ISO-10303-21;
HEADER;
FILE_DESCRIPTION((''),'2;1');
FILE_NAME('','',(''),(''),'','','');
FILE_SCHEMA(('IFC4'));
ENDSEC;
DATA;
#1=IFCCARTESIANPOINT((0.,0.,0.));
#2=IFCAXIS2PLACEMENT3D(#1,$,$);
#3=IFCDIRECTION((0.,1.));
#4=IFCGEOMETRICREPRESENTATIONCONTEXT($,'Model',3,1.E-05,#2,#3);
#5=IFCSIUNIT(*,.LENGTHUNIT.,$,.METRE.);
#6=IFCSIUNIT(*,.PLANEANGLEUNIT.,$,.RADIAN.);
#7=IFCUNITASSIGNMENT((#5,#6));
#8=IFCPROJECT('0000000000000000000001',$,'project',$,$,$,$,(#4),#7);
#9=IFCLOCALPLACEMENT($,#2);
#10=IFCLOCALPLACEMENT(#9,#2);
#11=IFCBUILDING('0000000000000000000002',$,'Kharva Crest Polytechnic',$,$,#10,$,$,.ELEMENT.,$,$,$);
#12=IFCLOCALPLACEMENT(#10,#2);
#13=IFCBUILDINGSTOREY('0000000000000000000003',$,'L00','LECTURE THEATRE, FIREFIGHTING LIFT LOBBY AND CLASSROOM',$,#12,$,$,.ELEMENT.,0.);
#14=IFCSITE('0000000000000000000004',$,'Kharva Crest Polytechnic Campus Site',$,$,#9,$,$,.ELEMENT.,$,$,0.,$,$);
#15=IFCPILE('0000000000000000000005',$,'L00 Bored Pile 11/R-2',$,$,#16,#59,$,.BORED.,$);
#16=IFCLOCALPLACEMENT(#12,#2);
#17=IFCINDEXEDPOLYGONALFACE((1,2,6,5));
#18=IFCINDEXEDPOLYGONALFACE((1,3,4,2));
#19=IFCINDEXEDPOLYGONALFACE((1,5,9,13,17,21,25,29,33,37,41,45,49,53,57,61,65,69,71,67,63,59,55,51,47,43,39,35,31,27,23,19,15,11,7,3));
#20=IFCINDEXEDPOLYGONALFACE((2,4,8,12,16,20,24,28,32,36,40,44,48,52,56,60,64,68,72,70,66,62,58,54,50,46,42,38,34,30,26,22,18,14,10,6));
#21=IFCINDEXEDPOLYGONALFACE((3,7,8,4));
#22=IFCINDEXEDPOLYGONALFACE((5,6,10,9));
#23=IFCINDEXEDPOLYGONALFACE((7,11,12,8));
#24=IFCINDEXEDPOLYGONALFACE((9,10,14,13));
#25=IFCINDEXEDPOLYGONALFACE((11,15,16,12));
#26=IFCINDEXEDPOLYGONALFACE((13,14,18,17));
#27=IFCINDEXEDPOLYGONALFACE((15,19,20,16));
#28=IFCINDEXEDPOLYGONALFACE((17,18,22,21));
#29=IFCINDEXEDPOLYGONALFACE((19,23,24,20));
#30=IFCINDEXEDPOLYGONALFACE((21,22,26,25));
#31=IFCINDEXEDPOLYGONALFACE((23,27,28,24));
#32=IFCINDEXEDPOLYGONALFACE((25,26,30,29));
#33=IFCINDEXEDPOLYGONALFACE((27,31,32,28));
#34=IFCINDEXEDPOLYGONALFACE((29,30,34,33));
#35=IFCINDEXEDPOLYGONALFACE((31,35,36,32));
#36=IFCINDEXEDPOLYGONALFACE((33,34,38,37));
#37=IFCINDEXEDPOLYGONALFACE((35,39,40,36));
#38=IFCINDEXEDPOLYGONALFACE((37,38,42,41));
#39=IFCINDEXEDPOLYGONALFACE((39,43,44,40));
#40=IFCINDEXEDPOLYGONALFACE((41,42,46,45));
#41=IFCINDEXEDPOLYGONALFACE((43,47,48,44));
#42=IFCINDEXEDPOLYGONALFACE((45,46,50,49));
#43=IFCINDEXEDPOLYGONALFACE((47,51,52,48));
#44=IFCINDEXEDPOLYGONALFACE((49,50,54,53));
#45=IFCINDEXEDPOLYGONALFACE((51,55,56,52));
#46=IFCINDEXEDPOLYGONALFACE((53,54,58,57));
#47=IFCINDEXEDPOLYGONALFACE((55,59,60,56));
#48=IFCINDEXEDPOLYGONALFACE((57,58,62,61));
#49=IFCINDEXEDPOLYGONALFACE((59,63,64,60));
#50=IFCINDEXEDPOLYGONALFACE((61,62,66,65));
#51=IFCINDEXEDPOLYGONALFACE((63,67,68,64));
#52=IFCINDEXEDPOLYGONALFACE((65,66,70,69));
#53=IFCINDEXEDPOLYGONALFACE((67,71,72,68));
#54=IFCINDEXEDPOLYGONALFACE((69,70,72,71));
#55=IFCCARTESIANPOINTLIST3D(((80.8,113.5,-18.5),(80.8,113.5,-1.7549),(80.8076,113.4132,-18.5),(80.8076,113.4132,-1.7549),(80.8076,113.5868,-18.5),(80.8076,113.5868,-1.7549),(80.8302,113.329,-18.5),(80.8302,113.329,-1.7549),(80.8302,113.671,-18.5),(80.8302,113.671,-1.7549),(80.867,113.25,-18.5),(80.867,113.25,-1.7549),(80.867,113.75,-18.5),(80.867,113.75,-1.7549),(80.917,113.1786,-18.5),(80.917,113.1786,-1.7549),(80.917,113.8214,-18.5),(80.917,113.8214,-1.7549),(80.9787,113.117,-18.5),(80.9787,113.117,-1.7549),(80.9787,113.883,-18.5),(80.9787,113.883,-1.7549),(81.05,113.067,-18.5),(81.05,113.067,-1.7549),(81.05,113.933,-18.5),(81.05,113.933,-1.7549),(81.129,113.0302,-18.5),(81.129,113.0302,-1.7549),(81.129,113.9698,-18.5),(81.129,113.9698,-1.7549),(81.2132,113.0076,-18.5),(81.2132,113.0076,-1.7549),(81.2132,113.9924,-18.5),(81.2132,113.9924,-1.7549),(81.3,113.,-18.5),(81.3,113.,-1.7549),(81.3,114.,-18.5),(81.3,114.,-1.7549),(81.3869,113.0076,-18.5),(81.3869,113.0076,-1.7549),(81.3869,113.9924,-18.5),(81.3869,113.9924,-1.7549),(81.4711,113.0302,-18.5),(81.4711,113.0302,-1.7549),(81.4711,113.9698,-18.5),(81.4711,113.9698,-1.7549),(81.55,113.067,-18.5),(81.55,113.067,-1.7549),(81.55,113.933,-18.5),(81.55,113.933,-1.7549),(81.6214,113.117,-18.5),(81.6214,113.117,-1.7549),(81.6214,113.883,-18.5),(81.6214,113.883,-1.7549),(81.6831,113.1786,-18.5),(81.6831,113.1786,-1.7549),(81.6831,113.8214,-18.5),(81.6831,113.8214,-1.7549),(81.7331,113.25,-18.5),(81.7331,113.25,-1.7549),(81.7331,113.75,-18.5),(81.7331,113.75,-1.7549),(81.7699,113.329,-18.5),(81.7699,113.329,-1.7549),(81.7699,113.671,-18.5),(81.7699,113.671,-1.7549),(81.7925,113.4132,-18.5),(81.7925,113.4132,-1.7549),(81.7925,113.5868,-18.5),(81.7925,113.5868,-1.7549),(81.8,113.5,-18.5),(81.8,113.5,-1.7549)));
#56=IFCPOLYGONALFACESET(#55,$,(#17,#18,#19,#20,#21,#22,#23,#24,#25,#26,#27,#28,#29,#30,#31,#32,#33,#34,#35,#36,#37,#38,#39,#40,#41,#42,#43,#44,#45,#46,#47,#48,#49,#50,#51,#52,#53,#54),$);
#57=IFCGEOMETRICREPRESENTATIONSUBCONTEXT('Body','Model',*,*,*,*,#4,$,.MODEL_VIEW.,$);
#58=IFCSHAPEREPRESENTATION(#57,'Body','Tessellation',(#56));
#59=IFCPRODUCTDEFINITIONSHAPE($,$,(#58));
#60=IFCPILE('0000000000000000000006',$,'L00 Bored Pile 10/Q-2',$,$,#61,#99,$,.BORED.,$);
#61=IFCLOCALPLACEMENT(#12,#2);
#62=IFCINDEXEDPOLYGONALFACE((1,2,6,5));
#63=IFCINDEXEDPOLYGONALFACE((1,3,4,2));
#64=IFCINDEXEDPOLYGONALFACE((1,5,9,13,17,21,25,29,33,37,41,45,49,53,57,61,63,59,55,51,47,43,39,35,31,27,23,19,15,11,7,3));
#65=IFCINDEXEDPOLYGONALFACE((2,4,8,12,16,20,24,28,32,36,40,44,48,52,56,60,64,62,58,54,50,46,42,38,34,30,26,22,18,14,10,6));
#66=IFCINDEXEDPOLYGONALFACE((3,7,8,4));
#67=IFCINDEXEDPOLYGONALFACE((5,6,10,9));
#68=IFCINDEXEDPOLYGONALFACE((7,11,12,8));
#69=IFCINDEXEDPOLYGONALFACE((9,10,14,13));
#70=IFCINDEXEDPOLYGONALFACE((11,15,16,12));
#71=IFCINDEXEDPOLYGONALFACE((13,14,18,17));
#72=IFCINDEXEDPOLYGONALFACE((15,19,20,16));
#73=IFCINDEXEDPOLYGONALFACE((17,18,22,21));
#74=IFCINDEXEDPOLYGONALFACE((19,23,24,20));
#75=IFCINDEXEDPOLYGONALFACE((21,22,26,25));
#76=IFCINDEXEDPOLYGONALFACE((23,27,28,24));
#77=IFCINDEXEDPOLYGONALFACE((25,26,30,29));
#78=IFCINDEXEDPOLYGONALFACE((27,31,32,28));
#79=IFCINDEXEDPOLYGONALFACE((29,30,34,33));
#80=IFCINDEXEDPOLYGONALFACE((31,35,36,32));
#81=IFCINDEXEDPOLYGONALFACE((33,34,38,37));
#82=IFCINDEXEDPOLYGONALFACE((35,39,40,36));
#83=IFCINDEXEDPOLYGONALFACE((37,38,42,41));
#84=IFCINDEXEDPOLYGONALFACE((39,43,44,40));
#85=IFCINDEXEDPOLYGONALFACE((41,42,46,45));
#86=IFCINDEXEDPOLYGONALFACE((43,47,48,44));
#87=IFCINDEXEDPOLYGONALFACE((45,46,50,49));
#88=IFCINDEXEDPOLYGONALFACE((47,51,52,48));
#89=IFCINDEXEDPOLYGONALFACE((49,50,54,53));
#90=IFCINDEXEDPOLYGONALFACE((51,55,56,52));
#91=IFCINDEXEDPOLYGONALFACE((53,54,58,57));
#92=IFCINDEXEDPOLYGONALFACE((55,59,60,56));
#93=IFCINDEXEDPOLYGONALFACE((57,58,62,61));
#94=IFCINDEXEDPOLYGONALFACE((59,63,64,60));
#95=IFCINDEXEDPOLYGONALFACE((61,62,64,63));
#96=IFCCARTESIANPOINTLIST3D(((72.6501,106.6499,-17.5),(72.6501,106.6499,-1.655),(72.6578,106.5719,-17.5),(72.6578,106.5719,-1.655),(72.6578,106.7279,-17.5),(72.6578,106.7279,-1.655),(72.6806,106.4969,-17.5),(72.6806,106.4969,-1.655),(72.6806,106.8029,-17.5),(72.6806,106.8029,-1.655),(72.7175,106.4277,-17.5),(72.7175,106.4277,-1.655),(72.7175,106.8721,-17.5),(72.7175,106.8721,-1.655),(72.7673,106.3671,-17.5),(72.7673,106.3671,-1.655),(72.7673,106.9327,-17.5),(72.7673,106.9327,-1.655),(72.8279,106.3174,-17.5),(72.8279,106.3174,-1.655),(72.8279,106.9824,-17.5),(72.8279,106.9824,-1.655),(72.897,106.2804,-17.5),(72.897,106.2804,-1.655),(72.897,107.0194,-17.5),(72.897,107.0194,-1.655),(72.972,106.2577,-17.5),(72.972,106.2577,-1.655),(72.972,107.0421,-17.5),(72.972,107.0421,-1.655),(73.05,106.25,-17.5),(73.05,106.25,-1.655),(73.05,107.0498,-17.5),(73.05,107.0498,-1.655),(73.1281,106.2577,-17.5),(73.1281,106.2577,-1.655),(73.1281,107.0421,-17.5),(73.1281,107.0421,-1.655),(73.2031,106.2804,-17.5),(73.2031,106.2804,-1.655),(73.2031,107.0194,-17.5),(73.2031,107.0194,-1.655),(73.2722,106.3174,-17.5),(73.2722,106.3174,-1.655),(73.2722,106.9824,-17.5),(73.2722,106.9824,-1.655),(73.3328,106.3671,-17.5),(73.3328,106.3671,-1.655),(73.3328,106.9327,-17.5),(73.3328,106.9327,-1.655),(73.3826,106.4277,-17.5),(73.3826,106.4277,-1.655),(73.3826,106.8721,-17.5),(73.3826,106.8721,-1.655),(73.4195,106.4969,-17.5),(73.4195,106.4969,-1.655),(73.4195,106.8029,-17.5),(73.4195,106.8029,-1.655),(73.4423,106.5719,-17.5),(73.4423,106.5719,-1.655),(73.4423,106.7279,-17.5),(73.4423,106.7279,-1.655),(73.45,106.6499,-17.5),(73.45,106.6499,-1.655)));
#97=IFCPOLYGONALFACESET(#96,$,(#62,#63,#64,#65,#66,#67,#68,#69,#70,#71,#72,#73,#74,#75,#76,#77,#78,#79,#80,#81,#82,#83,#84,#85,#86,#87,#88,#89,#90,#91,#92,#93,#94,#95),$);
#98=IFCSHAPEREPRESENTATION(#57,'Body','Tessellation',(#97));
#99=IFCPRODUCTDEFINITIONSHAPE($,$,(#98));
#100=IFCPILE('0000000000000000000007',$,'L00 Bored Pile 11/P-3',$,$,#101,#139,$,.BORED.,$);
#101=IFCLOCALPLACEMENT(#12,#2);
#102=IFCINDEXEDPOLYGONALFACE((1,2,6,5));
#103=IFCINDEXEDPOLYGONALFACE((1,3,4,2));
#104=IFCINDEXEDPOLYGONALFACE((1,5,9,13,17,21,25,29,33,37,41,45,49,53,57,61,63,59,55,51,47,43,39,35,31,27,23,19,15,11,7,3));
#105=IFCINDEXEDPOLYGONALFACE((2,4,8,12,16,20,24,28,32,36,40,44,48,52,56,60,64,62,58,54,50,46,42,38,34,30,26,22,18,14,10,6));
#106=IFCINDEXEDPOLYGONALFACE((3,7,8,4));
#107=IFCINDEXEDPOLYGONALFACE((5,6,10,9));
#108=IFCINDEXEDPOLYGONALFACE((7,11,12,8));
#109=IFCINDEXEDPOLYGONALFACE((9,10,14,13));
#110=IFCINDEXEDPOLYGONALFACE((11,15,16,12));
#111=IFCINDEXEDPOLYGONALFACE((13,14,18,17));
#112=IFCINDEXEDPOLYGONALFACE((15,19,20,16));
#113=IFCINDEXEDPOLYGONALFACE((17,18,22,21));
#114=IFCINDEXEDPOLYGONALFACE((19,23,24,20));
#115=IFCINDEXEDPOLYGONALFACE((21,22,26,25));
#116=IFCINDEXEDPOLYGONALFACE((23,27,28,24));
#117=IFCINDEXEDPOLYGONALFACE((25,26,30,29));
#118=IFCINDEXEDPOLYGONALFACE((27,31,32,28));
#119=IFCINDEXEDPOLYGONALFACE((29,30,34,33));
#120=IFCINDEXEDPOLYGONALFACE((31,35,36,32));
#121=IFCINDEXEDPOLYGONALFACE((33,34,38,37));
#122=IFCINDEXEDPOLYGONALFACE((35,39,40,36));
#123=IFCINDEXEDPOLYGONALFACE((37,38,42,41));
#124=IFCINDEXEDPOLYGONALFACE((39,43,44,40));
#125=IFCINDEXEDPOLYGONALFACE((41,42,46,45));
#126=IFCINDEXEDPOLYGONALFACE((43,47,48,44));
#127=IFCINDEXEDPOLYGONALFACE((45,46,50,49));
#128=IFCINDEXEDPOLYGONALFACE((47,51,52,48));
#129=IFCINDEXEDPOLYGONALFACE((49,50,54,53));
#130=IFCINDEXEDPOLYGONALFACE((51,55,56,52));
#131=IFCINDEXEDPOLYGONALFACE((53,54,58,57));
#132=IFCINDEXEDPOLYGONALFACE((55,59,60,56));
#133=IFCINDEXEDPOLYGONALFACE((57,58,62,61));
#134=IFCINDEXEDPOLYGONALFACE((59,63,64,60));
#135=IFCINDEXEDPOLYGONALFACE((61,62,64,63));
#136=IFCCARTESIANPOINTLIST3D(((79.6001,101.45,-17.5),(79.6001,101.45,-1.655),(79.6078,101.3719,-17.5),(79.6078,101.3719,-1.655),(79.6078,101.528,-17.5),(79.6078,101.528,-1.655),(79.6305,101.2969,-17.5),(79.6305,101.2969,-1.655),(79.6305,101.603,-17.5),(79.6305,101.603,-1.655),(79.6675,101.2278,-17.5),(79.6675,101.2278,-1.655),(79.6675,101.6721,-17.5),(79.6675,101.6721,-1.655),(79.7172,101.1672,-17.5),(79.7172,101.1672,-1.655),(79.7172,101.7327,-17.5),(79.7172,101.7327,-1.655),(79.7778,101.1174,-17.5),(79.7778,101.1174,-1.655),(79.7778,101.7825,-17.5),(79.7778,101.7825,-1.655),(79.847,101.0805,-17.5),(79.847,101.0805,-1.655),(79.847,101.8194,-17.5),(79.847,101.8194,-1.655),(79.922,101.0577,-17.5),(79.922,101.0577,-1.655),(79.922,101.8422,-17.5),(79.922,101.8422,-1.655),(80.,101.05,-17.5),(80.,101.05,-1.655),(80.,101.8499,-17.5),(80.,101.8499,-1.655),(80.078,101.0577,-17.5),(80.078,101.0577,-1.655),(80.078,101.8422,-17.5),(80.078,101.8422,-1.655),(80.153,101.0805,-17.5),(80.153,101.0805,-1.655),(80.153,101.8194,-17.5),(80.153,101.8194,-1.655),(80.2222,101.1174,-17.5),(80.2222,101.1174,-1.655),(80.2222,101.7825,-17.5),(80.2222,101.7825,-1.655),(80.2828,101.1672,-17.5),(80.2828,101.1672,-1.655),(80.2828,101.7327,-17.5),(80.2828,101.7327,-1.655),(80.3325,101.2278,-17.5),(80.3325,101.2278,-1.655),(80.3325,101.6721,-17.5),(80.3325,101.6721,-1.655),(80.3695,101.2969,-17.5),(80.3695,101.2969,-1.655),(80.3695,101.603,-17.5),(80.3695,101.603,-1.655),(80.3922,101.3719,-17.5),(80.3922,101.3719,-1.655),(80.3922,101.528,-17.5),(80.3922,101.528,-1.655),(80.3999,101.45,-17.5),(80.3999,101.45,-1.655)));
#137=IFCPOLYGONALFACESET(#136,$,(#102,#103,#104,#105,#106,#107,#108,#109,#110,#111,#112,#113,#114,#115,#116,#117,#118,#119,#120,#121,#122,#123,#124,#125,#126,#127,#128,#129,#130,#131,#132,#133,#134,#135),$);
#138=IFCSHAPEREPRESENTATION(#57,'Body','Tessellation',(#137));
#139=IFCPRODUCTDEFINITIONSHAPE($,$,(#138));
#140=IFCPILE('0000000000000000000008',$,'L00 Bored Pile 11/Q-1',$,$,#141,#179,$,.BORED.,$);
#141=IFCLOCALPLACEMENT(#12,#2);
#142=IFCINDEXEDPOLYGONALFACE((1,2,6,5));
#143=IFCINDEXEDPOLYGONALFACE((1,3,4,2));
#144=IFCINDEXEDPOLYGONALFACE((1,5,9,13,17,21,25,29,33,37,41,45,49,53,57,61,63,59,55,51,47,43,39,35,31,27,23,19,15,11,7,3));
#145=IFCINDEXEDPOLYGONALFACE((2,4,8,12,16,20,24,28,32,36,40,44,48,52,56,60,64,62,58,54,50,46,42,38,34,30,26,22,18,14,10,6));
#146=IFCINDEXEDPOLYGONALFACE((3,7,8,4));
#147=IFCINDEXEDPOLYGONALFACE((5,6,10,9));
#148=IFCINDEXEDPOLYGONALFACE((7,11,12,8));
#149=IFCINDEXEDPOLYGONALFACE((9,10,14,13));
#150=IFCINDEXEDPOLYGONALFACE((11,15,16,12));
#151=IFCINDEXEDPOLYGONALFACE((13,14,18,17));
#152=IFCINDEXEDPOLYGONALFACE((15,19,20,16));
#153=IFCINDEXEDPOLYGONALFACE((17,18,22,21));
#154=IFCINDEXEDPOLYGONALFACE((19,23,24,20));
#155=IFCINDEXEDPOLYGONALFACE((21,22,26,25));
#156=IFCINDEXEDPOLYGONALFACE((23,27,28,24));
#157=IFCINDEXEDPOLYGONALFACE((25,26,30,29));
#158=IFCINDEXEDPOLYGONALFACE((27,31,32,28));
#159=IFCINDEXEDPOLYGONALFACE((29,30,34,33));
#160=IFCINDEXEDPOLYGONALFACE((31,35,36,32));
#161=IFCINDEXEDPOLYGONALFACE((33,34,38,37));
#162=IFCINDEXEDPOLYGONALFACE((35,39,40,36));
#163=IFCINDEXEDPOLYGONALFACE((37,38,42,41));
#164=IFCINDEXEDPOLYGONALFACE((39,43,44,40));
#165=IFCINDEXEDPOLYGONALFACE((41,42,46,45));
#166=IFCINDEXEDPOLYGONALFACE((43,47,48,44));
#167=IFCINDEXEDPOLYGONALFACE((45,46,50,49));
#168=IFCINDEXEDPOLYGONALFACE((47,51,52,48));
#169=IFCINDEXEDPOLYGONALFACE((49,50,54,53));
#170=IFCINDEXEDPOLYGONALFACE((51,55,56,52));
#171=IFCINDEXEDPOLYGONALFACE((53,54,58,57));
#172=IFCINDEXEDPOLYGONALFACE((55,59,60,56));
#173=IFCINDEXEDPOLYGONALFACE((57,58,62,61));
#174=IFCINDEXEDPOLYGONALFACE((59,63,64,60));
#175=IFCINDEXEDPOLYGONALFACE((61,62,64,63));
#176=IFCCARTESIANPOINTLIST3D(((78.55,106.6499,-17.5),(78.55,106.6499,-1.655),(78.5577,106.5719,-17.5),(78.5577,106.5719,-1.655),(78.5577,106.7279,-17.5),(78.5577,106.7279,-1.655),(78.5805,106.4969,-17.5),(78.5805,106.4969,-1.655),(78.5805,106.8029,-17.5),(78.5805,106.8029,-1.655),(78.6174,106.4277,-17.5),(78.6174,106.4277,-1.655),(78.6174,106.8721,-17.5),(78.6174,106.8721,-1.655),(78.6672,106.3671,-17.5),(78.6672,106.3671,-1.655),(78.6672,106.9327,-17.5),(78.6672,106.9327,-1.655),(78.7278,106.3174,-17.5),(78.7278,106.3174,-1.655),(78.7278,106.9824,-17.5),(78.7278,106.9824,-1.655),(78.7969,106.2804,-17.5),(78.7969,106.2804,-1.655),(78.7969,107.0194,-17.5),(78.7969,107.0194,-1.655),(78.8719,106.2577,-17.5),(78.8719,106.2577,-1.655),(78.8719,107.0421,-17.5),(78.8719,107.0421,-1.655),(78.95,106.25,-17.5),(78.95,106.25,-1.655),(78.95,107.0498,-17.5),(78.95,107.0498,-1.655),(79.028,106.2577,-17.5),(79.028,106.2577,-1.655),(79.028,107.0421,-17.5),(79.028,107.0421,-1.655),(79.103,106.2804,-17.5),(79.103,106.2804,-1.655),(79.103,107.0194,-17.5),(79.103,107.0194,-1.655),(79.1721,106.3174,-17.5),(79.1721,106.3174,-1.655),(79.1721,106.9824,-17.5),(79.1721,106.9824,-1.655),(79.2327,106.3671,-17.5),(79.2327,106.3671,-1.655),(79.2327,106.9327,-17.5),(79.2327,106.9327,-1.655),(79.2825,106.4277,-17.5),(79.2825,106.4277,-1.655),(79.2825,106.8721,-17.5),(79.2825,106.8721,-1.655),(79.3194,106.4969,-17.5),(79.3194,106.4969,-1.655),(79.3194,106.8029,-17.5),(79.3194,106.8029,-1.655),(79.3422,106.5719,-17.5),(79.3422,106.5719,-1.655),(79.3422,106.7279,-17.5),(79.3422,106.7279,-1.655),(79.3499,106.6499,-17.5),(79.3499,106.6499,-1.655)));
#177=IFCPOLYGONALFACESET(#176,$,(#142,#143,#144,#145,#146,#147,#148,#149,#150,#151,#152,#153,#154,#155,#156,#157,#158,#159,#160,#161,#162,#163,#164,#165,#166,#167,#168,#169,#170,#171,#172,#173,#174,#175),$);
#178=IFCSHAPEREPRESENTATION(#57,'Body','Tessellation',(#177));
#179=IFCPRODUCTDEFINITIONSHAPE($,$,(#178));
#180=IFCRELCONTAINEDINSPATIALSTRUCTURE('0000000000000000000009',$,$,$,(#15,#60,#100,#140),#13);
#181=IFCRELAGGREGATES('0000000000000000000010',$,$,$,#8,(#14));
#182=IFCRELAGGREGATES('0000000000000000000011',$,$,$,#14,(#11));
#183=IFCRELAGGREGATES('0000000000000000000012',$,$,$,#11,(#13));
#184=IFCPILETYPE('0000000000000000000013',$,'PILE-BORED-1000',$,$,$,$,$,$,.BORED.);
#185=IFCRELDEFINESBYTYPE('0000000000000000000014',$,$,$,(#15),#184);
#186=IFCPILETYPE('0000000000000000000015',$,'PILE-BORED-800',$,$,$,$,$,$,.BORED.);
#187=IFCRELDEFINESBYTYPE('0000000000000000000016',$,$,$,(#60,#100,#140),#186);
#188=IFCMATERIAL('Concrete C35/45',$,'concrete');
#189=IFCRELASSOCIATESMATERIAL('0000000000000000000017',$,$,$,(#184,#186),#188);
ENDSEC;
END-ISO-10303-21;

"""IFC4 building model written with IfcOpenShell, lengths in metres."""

from ifc_helpers import new_model, si_unit, direction, frame, origin, origin_2d, place, context, subcontext, project, spatial, circle, extrude, material, material_profile, profile_set, type_object, element, save


model = new_model("IFC4")

# Units and contexts
model_context = context("Model", 3, precision=1e-05, world=origin(), true_north=direction((0.0, 1.0)))
body_context = subcontext(model_context, "Body", "Model", "MODEL_VIEW")
ifc_project = project(units=[si_unit("LENGTHUNIT", "METRE"), si_unit("PLANEANGLEUNIT", "RADIAN")], contexts=[model_context])

# Site, building, storey
site_placement = place(None, origin())
site = spatial("IfcSite", under=ifc_project, at=site_placement, Name="Kharva Crest Polytechnic Campus Site", CompositionType="ELEMENT", RefElevation=0.0)
building_placement = place(site_placement, origin())
building = spatial("IfcBuilding", under=site, at=building_placement, Name="Kharva Crest Polytechnic", CompositionType="ELEMENT")
storey_placement = place(building_placement, origin())
storey = spatial("IfcBuildingStorey", under=building, at=storey_placement, Name="L00", Description="LECTURE THEATRE, FIREFIGHTING LIFT LOBBY AND CLASSROOM", CompositionType="ELEMENT", Elevation=0.0)

# Shared definitions
ifc_material_1 = material(Name="Concrete C35/45", Category="concrete")

# Piles
ifc_material_profile_1 = material_profile(ifc_material_1, circle(Radius=0.5, at=origin_2d()), Name="DIA 1000")
ifc_profile_set_1 = profile_set([ifc_material_profile_1], Name="Concrete C35/45")
pile_type_1 = type_object("IfcPileType", Name="PILE-BORED-1000", PredefinedType="BORED", material=ifc_profile_set_1)
for number, where, z_axis, x_axis, name in (
    (1, (81.3, 113.5, -1.7549), (0.0, 0.0, -1.0), (1.0, 0.0, 0.0), "L00 Bored Pile 11/R-2"),
):
    element("IfcPile", number, at=place(storey_placement, frame(where, z_axis=z_axis, x_axis=x_axis)), inside=storey, type_object=pile_type_1, Name=name, PredefinedType="BORED", context=body_context, shape_type="SweptSolid", body=[
        extrude(circle(Radius=0.5, at=origin_2d()), origin(), (0.0, 0.0, 1.0), 16.7451),
    ])
ifc_material_profile_2 = material_profile(ifc_material_1, circle(Radius=0.3999, at=origin_2d()), Name="DIA 800")
ifc_profile_set_2 = profile_set([ifc_material_profile_2], Name="Concrete C35/45")
pile_type_2 = type_object("IfcPileType", Name="PILE-BORED-800", PredefinedType="BORED", material=ifc_profile_set_2)
for number, where, z_axis, x_axis, name in (
    (2, (73.05, 106.6499, -1.655), (0.0, 0.0, -1.0), (1.0, 0.0, 0.0), "L00 Bored Pile 10/Q-2"),
    (3, (80.0, 101.45, -1.655), (0.0, 0.0, -1.0), (1.0, 0.0, 0.0), "L00 Bored Pile 11/P-3"),
    (4, (78.95, 106.6499, -1.655), (0.0, 0.0, -1.0), (1.0, 0.0, 0.0), "L00 Bored Pile 11/Q-1"),
):
    element("IfcPile", number, at=place(storey_placement, frame(where, z_axis=z_axis, x_axis=x_axis)), inside=storey, type_object=pile_type_2, Name=name, PredefinedType="BORED", context=body_context, shape_type="SweptSolid", body=[
        extrude(circle(Radius=0.3999, at=origin_2d()), origin(), (0.0, 0.0, 1.0), 15.845),
    ])

save(model, "model.ifc")
